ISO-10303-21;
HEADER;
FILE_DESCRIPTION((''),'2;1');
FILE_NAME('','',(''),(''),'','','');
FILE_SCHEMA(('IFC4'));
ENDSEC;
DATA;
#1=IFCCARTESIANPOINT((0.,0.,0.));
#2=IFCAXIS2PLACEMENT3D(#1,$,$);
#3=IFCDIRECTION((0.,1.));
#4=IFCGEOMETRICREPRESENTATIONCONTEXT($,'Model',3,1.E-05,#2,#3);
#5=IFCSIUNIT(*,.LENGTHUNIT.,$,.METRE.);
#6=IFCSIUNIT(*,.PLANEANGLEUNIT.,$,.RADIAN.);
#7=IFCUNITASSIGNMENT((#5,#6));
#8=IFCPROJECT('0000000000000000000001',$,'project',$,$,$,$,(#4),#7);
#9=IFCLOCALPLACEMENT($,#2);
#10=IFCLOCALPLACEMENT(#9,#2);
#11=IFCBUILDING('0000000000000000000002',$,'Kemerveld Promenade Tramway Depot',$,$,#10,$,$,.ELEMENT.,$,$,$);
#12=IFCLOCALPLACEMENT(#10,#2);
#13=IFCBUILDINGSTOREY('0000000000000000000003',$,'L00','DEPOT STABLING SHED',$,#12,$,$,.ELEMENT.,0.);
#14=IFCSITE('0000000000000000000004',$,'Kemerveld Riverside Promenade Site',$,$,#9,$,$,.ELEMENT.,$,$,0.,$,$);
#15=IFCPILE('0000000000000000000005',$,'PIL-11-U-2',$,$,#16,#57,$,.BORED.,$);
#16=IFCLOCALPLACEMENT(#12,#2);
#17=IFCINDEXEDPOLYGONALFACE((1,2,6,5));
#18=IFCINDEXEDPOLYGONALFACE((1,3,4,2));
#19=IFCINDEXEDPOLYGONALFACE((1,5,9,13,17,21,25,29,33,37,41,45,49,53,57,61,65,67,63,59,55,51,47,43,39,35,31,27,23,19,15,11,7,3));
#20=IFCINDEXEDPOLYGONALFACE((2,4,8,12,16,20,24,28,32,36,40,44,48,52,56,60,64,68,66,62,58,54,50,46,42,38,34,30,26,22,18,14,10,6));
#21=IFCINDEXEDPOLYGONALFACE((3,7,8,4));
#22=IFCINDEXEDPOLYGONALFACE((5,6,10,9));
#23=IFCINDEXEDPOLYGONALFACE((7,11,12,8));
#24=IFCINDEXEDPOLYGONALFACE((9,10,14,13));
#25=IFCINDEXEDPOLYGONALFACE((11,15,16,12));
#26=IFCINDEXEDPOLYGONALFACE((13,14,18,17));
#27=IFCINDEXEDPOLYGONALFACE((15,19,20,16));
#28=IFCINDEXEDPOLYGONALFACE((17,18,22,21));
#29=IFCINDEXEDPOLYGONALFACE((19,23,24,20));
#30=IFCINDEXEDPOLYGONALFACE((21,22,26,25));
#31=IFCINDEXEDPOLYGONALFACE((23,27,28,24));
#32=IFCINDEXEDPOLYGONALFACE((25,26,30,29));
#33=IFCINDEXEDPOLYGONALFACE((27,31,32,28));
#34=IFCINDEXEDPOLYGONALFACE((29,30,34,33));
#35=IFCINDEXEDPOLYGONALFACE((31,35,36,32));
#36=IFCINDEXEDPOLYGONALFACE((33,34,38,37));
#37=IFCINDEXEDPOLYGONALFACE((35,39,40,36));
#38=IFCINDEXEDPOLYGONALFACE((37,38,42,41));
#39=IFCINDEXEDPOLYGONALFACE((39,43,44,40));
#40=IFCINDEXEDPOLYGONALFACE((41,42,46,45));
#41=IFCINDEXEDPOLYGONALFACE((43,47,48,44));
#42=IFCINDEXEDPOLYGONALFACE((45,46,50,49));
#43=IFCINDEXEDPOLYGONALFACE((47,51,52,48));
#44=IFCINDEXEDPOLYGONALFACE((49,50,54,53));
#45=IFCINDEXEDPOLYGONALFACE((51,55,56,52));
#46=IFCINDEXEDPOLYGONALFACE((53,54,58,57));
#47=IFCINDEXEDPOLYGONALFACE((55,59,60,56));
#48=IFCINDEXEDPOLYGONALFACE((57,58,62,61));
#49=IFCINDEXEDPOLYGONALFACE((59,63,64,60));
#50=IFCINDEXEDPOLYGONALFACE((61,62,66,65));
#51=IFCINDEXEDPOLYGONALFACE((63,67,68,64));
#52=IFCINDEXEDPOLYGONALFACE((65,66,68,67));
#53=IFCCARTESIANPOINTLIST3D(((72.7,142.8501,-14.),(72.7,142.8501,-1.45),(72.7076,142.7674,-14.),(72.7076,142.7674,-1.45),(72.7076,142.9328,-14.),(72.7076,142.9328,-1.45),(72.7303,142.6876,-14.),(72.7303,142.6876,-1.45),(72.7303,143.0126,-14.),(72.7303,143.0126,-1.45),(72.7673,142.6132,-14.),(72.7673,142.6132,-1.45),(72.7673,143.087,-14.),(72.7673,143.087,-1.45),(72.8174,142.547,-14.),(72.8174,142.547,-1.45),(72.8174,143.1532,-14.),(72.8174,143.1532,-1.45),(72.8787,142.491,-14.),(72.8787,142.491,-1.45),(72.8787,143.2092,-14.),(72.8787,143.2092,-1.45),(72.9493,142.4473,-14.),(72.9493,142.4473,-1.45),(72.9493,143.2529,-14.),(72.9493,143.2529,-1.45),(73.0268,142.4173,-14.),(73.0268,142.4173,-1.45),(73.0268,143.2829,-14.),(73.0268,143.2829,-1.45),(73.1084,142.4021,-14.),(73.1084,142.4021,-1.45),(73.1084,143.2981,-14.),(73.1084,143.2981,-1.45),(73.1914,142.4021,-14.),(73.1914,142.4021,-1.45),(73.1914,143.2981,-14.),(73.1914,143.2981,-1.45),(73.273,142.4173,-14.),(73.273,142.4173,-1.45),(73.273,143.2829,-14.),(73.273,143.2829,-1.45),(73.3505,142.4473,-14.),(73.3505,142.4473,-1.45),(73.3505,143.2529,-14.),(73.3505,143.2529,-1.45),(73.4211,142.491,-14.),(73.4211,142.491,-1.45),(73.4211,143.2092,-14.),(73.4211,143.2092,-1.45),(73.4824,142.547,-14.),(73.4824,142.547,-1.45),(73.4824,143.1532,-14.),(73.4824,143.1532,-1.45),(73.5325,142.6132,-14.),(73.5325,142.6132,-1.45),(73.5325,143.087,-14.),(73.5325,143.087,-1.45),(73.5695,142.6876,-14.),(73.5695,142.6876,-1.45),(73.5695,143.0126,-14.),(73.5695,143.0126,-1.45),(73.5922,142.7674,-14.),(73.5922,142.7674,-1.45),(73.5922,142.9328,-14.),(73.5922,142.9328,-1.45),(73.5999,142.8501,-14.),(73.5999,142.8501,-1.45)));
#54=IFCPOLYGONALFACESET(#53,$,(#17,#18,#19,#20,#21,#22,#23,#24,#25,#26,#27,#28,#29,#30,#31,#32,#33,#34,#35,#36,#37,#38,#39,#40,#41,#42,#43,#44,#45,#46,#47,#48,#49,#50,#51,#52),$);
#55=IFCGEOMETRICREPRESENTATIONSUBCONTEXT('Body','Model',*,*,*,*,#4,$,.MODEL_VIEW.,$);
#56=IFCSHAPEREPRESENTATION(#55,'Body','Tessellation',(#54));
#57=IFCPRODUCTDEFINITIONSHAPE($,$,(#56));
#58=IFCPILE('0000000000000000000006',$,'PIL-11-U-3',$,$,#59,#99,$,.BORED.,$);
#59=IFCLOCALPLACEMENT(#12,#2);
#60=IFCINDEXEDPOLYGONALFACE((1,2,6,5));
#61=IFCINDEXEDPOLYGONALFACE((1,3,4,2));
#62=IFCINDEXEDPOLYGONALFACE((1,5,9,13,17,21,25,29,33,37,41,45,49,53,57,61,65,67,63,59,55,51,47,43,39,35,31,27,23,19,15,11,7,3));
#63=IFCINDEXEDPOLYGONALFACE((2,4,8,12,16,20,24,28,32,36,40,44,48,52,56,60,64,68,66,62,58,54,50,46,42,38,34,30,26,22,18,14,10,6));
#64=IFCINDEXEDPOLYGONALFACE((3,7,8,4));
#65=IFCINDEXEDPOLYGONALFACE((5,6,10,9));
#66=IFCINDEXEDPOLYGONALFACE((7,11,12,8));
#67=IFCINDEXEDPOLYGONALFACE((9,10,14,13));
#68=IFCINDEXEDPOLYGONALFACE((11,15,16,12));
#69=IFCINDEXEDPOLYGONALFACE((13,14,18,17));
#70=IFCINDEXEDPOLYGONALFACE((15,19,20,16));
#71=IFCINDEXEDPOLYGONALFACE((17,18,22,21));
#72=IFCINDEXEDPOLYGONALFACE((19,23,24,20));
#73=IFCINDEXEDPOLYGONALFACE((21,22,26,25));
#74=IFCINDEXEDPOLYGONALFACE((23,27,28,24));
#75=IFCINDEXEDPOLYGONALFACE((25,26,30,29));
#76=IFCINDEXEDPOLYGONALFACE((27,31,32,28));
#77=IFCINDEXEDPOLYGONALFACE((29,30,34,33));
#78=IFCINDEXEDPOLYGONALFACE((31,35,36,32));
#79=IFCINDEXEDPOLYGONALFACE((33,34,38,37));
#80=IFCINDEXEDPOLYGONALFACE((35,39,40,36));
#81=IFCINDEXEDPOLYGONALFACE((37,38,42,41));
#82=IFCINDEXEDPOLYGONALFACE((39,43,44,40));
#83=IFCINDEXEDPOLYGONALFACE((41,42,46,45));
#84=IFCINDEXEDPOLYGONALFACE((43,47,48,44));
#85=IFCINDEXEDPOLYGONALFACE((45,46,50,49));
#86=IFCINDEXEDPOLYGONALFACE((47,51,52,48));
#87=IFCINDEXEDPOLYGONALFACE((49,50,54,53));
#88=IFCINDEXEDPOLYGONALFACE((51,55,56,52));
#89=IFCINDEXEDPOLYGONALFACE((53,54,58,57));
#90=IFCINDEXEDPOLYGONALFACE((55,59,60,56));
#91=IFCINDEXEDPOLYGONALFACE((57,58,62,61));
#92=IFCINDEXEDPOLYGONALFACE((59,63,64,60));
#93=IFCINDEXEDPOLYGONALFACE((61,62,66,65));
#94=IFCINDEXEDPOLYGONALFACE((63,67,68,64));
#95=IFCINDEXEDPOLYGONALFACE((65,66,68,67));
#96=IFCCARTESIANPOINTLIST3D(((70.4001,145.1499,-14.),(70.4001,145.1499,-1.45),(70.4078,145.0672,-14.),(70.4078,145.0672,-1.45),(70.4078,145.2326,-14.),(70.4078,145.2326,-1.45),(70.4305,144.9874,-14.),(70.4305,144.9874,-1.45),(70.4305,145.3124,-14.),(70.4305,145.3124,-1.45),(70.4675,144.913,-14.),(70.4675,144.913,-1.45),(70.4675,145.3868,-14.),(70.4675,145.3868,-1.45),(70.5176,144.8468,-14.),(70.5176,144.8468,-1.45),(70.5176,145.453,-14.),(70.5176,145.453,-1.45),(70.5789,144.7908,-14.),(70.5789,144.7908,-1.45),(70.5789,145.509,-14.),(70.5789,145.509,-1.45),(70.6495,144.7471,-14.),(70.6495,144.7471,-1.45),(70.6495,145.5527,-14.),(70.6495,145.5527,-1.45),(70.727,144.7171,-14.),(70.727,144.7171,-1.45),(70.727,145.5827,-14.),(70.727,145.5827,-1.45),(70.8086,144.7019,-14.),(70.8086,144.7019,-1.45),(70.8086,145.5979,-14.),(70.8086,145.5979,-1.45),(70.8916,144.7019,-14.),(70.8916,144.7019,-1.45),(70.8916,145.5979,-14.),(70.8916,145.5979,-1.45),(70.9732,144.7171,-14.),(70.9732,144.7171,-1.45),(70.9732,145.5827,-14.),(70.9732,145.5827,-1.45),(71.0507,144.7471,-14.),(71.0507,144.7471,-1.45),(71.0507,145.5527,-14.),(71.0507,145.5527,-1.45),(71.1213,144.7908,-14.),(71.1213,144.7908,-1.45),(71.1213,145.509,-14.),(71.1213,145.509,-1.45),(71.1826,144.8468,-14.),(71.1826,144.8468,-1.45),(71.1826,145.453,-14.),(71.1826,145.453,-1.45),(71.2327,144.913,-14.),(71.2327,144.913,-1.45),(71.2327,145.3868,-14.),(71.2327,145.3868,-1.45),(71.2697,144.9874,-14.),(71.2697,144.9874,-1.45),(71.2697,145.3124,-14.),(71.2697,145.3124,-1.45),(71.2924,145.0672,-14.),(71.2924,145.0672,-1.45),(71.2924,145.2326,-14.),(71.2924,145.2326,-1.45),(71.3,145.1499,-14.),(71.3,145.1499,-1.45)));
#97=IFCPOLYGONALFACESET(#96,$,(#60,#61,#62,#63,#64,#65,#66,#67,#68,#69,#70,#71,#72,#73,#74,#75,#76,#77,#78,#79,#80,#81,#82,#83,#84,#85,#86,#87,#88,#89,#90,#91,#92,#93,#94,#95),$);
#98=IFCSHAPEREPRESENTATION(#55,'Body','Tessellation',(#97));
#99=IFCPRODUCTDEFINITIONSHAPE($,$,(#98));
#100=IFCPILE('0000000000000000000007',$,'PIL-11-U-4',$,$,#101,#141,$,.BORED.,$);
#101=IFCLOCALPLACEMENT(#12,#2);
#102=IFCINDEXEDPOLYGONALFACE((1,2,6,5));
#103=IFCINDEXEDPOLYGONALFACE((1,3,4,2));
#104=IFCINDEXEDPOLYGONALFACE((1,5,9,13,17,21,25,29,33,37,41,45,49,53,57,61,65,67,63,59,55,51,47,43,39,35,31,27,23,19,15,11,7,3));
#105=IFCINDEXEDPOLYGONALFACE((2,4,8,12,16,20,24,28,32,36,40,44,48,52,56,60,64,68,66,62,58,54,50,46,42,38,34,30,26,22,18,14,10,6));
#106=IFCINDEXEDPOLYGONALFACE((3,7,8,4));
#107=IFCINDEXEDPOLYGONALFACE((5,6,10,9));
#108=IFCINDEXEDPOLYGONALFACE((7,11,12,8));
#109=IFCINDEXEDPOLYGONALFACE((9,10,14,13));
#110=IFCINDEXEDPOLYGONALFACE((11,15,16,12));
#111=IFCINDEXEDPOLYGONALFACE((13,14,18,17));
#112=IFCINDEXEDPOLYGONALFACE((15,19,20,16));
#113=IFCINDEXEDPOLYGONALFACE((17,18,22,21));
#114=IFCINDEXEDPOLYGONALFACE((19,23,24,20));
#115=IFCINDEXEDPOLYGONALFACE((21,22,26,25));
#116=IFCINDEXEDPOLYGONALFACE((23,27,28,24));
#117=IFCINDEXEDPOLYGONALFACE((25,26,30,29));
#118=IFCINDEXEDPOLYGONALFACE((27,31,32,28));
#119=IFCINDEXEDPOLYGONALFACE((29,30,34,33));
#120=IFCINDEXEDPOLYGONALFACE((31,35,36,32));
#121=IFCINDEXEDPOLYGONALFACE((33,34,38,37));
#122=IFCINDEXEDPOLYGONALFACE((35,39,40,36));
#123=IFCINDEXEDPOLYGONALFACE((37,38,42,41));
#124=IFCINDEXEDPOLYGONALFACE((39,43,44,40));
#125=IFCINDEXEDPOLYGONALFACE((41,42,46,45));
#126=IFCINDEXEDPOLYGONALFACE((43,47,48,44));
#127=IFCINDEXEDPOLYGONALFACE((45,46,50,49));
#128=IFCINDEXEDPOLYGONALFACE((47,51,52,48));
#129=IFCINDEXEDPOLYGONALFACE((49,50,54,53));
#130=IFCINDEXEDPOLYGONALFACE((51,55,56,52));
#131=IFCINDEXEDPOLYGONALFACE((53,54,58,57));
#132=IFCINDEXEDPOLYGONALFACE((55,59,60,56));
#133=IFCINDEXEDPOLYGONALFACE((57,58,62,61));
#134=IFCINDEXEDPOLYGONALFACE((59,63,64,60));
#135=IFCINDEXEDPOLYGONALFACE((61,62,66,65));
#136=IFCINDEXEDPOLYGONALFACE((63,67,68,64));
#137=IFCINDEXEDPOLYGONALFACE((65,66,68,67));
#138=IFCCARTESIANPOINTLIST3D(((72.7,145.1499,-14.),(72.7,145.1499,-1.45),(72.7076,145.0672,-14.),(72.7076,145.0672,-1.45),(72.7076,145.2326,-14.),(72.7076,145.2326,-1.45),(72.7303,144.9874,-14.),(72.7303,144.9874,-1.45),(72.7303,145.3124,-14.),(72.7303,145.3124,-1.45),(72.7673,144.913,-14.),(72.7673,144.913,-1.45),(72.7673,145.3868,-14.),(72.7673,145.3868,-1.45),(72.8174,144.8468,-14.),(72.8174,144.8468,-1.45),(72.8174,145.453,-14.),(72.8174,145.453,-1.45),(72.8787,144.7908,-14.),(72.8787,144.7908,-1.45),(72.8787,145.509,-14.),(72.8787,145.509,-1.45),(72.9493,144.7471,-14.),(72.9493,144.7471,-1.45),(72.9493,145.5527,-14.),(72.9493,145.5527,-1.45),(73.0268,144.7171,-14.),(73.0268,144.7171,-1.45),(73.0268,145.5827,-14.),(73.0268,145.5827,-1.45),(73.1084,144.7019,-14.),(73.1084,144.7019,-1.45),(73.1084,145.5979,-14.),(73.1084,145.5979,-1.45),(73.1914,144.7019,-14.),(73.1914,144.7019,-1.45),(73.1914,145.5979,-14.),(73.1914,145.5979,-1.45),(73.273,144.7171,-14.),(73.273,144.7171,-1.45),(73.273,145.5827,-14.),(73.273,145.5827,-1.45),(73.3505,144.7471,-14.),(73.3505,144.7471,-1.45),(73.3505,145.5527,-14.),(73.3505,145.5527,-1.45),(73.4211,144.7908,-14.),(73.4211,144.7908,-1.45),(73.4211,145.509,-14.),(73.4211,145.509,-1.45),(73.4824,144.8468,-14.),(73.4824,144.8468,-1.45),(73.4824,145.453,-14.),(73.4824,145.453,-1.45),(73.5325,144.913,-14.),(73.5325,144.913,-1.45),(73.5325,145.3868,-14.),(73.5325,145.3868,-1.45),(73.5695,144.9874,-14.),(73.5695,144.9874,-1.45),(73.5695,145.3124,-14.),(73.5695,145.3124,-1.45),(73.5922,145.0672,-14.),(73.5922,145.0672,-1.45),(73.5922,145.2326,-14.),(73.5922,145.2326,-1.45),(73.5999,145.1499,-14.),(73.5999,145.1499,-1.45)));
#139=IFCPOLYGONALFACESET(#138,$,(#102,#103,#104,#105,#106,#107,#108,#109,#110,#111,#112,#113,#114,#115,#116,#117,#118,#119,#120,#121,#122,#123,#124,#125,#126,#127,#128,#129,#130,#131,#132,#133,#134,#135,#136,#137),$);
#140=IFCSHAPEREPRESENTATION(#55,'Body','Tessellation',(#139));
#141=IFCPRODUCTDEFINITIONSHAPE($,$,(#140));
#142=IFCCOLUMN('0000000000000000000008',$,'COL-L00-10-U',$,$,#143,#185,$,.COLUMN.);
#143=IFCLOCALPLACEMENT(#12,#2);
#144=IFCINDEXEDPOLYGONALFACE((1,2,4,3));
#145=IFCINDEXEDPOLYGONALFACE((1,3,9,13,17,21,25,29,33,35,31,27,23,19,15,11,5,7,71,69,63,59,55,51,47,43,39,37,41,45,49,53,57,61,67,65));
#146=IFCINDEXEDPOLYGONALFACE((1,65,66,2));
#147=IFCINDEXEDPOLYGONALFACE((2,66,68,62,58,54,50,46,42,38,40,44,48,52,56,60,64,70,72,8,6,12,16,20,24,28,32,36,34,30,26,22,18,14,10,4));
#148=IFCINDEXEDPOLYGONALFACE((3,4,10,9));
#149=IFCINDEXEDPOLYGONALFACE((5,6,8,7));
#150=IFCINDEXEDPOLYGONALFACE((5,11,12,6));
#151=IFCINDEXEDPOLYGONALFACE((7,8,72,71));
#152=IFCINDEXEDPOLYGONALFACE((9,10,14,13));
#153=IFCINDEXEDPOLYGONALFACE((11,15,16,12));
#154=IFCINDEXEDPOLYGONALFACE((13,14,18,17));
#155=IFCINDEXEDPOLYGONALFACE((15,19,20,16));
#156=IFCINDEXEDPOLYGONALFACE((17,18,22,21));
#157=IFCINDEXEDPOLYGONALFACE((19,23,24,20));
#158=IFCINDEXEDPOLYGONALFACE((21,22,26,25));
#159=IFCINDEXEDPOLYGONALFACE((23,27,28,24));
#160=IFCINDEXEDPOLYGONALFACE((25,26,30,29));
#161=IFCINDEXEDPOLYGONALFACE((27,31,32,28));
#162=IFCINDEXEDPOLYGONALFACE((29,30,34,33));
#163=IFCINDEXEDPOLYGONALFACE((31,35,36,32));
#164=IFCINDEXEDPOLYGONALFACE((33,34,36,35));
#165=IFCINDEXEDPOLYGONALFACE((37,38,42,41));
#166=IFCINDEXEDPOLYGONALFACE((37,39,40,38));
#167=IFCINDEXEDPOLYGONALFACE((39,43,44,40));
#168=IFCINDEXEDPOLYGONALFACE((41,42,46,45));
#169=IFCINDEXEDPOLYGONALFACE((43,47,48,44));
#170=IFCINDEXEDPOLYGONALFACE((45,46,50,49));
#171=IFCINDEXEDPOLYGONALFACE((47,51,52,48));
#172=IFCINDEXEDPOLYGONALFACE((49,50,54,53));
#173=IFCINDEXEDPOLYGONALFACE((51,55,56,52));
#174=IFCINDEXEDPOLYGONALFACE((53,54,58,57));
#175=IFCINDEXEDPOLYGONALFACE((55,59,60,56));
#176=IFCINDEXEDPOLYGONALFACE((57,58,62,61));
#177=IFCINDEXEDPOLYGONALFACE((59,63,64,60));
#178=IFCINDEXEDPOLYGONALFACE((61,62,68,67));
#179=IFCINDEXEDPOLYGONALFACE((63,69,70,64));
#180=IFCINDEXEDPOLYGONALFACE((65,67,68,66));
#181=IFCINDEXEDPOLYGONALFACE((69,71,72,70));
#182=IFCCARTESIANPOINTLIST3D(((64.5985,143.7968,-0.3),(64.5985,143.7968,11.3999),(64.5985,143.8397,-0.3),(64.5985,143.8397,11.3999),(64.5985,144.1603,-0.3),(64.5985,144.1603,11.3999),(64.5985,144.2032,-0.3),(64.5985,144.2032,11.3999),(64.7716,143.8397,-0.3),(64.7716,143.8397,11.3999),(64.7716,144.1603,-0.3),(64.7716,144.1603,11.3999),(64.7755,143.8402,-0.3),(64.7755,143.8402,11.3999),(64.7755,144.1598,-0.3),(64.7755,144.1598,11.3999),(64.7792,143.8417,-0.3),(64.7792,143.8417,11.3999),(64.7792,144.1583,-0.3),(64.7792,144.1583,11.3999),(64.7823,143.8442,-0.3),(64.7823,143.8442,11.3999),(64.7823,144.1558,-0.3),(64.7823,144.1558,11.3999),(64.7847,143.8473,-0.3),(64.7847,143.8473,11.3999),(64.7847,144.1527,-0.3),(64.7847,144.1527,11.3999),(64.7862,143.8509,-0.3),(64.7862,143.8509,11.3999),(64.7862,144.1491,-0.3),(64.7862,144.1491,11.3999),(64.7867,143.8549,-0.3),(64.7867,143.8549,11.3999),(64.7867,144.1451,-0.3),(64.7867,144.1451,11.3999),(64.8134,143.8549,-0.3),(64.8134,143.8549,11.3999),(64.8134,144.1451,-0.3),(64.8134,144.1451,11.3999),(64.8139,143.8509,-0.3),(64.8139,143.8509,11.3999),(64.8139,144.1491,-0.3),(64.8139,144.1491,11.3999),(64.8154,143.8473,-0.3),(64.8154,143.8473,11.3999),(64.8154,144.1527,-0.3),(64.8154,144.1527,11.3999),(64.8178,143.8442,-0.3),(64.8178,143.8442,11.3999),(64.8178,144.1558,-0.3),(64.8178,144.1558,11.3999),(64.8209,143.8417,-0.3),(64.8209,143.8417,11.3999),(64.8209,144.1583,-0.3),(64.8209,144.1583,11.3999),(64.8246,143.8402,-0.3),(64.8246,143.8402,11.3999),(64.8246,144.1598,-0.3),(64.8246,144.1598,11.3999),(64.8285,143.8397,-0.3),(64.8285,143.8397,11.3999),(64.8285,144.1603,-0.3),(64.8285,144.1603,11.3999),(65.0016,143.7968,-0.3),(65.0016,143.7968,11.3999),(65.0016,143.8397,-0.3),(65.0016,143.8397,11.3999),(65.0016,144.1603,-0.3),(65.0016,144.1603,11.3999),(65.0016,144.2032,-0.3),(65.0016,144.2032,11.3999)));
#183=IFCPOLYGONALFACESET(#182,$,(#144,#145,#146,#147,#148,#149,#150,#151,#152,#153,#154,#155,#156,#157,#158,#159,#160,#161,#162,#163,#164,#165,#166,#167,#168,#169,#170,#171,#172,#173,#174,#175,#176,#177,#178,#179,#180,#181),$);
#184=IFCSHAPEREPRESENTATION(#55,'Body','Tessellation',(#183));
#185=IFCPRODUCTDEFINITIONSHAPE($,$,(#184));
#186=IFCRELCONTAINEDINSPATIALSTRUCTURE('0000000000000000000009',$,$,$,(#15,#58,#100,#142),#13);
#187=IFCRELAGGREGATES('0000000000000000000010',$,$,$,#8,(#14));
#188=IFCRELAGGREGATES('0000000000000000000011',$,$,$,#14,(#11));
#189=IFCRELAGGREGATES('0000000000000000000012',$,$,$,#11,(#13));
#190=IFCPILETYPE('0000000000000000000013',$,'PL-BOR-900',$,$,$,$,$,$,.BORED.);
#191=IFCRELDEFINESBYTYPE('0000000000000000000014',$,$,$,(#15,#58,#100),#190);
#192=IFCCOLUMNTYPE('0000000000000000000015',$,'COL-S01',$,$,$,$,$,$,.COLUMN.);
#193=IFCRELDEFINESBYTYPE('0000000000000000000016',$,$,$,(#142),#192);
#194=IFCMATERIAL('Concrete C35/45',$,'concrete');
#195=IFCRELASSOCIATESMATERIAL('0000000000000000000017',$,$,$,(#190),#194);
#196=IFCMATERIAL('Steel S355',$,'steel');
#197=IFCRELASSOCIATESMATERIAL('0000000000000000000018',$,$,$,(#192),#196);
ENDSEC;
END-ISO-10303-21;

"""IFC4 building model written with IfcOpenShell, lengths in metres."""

from ifc_helpers import new_model, si_unit, direction, frame, origin, origin_2d, place, context, subcontext, project, spatial, circle, i_section, extrude, material, material_profile, profile_set, type_object, element, save


model = new_model("IFC4")

# Units and contexts
model_context = context("Model", 3, precision=1e-05, world=origin(), true_north=direction((0.0, 1.0)))
body_context = subcontext(model_context, "Body", "Model", "MODEL_VIEW")
ifc_project = project(units=[si_unit("LENGTHUNIT", "METRE"), si_unit("PLANEANGLEUNIT", "RADIAN")], contexts=[model_context])

# Site, building, storey
site_placement = place(None, origin())
site = spatial("IfcSite", under=ifc_project, at=site_placement, Name="Kemerveld Riverside Promenade Site", CompositionType="ELEMENT", RefElevation=0.0)
building_placement = place(site_placement, origin())
building = spatial("IfcBuilding", under=site, at=building_placement, Name="Kemerveld Promenade Tramway Depot", CompositionType="ELEMENT")
storey_placement = place(building_placement, origin())
storey = spatial("IfcBuildingStorey", under=building, at=storey_placement, Name="L00", Description="DEPOT STABLING SHED", CompositionType="ELEMENT", Elevation=0.0)

# Shared definitions
ifc_material_1 = material(Name="Concrete C35/45", Category="concrete")

# Piles
ifc_material_profile_1 = material_profile(ifc_material_1, circle(Radius=0.45, at=origin_2d()), Name="PILE-D900")
ifc_profile_set_1 = profile_set([ifc_material_profile_1], Name="Concrete C35/45")
pile_type_1 = type_object("IfcPileType", Name="PL-BOR-900", PredefinedType="BORED", material=ifc_profile_set_1)
for number, where, z_axis, x_axis, name in (
    (1, (73.1499, 142.8501, -1.45), (0.0, 0.0, -1.0), (1.0, 0.0, 0.0), "PIL-11-U-2"),
    (2, (70.8501, 145.1499, -1.45), (0.0, 0.0, -1.0), (1.0, 0.0, 0.0), "PIL-11-U-3"),
    (3, (73.1499, 145.1499, -1.45), (0.0, 0.0, -1.0), (1.0, 0.0, 0.0), "PIL-11-U-4"),
):
    element("IfcPile", number, at=place(storey_placement, frame(where, z_axis=z_axis, x_axis=x_axis)), inside=storey, type_object=pile_type_1, Name=name, PredefinedType="BORED", context=body_context, shape_type="SweptSolid", body=[
        extrude(circle(Radius=0.45, at=origin_2d()), origin(), (0.0, 0.0, 1.0), 12.55),
    ])

# Column
ifc_material_2 = material(Name="Steel S355", Category="steel")
ifc_material_profile_2 = material_profile(ifc_material_2, i_section(OverallWidth=0.4031, OverallDepth=0.4065, WebThickness=0.0266, FlangeThickness=0.043, FilletRadius=0.0151, at=origin_2d()), Name="356x406x340 UC")
ifc_profile_set_2 = profile_set([ifc_material_profile_2], Name="Steel S355")
column_type = type_object("IfcColumnType", Name="COL-S01", PredefinedType="COLUMN", material=ifc_profile_set_2)
for number, where, z_axis, x_axis, name in (
    (4, (64.8, 144.0, -0.3), (0.0, 0.0, 1.0), (1.0, 0.0, 0.0), "COL-L00-10-U"),
):
    element("IfcColumn", number, at=place(storey_placement, frame(where, z_axis=z_axis, x_axis=x_axis)), inside=storey, type_object=column_type, Name=name, PredefinedType="COLUMN", context=body_context, shape_type="SweptSolid", body=[
        extrude(i_section(OverallWidth=0.4031, OverallDepth=0.4065, WebThickness=0.0266, FlangeThickness=0.043, FilletRadius=0.0151, at=origin_2d()), origin(), (0.0, 0.0, 1.0), 11.7),
    ])

save(model, "model.ifc")
